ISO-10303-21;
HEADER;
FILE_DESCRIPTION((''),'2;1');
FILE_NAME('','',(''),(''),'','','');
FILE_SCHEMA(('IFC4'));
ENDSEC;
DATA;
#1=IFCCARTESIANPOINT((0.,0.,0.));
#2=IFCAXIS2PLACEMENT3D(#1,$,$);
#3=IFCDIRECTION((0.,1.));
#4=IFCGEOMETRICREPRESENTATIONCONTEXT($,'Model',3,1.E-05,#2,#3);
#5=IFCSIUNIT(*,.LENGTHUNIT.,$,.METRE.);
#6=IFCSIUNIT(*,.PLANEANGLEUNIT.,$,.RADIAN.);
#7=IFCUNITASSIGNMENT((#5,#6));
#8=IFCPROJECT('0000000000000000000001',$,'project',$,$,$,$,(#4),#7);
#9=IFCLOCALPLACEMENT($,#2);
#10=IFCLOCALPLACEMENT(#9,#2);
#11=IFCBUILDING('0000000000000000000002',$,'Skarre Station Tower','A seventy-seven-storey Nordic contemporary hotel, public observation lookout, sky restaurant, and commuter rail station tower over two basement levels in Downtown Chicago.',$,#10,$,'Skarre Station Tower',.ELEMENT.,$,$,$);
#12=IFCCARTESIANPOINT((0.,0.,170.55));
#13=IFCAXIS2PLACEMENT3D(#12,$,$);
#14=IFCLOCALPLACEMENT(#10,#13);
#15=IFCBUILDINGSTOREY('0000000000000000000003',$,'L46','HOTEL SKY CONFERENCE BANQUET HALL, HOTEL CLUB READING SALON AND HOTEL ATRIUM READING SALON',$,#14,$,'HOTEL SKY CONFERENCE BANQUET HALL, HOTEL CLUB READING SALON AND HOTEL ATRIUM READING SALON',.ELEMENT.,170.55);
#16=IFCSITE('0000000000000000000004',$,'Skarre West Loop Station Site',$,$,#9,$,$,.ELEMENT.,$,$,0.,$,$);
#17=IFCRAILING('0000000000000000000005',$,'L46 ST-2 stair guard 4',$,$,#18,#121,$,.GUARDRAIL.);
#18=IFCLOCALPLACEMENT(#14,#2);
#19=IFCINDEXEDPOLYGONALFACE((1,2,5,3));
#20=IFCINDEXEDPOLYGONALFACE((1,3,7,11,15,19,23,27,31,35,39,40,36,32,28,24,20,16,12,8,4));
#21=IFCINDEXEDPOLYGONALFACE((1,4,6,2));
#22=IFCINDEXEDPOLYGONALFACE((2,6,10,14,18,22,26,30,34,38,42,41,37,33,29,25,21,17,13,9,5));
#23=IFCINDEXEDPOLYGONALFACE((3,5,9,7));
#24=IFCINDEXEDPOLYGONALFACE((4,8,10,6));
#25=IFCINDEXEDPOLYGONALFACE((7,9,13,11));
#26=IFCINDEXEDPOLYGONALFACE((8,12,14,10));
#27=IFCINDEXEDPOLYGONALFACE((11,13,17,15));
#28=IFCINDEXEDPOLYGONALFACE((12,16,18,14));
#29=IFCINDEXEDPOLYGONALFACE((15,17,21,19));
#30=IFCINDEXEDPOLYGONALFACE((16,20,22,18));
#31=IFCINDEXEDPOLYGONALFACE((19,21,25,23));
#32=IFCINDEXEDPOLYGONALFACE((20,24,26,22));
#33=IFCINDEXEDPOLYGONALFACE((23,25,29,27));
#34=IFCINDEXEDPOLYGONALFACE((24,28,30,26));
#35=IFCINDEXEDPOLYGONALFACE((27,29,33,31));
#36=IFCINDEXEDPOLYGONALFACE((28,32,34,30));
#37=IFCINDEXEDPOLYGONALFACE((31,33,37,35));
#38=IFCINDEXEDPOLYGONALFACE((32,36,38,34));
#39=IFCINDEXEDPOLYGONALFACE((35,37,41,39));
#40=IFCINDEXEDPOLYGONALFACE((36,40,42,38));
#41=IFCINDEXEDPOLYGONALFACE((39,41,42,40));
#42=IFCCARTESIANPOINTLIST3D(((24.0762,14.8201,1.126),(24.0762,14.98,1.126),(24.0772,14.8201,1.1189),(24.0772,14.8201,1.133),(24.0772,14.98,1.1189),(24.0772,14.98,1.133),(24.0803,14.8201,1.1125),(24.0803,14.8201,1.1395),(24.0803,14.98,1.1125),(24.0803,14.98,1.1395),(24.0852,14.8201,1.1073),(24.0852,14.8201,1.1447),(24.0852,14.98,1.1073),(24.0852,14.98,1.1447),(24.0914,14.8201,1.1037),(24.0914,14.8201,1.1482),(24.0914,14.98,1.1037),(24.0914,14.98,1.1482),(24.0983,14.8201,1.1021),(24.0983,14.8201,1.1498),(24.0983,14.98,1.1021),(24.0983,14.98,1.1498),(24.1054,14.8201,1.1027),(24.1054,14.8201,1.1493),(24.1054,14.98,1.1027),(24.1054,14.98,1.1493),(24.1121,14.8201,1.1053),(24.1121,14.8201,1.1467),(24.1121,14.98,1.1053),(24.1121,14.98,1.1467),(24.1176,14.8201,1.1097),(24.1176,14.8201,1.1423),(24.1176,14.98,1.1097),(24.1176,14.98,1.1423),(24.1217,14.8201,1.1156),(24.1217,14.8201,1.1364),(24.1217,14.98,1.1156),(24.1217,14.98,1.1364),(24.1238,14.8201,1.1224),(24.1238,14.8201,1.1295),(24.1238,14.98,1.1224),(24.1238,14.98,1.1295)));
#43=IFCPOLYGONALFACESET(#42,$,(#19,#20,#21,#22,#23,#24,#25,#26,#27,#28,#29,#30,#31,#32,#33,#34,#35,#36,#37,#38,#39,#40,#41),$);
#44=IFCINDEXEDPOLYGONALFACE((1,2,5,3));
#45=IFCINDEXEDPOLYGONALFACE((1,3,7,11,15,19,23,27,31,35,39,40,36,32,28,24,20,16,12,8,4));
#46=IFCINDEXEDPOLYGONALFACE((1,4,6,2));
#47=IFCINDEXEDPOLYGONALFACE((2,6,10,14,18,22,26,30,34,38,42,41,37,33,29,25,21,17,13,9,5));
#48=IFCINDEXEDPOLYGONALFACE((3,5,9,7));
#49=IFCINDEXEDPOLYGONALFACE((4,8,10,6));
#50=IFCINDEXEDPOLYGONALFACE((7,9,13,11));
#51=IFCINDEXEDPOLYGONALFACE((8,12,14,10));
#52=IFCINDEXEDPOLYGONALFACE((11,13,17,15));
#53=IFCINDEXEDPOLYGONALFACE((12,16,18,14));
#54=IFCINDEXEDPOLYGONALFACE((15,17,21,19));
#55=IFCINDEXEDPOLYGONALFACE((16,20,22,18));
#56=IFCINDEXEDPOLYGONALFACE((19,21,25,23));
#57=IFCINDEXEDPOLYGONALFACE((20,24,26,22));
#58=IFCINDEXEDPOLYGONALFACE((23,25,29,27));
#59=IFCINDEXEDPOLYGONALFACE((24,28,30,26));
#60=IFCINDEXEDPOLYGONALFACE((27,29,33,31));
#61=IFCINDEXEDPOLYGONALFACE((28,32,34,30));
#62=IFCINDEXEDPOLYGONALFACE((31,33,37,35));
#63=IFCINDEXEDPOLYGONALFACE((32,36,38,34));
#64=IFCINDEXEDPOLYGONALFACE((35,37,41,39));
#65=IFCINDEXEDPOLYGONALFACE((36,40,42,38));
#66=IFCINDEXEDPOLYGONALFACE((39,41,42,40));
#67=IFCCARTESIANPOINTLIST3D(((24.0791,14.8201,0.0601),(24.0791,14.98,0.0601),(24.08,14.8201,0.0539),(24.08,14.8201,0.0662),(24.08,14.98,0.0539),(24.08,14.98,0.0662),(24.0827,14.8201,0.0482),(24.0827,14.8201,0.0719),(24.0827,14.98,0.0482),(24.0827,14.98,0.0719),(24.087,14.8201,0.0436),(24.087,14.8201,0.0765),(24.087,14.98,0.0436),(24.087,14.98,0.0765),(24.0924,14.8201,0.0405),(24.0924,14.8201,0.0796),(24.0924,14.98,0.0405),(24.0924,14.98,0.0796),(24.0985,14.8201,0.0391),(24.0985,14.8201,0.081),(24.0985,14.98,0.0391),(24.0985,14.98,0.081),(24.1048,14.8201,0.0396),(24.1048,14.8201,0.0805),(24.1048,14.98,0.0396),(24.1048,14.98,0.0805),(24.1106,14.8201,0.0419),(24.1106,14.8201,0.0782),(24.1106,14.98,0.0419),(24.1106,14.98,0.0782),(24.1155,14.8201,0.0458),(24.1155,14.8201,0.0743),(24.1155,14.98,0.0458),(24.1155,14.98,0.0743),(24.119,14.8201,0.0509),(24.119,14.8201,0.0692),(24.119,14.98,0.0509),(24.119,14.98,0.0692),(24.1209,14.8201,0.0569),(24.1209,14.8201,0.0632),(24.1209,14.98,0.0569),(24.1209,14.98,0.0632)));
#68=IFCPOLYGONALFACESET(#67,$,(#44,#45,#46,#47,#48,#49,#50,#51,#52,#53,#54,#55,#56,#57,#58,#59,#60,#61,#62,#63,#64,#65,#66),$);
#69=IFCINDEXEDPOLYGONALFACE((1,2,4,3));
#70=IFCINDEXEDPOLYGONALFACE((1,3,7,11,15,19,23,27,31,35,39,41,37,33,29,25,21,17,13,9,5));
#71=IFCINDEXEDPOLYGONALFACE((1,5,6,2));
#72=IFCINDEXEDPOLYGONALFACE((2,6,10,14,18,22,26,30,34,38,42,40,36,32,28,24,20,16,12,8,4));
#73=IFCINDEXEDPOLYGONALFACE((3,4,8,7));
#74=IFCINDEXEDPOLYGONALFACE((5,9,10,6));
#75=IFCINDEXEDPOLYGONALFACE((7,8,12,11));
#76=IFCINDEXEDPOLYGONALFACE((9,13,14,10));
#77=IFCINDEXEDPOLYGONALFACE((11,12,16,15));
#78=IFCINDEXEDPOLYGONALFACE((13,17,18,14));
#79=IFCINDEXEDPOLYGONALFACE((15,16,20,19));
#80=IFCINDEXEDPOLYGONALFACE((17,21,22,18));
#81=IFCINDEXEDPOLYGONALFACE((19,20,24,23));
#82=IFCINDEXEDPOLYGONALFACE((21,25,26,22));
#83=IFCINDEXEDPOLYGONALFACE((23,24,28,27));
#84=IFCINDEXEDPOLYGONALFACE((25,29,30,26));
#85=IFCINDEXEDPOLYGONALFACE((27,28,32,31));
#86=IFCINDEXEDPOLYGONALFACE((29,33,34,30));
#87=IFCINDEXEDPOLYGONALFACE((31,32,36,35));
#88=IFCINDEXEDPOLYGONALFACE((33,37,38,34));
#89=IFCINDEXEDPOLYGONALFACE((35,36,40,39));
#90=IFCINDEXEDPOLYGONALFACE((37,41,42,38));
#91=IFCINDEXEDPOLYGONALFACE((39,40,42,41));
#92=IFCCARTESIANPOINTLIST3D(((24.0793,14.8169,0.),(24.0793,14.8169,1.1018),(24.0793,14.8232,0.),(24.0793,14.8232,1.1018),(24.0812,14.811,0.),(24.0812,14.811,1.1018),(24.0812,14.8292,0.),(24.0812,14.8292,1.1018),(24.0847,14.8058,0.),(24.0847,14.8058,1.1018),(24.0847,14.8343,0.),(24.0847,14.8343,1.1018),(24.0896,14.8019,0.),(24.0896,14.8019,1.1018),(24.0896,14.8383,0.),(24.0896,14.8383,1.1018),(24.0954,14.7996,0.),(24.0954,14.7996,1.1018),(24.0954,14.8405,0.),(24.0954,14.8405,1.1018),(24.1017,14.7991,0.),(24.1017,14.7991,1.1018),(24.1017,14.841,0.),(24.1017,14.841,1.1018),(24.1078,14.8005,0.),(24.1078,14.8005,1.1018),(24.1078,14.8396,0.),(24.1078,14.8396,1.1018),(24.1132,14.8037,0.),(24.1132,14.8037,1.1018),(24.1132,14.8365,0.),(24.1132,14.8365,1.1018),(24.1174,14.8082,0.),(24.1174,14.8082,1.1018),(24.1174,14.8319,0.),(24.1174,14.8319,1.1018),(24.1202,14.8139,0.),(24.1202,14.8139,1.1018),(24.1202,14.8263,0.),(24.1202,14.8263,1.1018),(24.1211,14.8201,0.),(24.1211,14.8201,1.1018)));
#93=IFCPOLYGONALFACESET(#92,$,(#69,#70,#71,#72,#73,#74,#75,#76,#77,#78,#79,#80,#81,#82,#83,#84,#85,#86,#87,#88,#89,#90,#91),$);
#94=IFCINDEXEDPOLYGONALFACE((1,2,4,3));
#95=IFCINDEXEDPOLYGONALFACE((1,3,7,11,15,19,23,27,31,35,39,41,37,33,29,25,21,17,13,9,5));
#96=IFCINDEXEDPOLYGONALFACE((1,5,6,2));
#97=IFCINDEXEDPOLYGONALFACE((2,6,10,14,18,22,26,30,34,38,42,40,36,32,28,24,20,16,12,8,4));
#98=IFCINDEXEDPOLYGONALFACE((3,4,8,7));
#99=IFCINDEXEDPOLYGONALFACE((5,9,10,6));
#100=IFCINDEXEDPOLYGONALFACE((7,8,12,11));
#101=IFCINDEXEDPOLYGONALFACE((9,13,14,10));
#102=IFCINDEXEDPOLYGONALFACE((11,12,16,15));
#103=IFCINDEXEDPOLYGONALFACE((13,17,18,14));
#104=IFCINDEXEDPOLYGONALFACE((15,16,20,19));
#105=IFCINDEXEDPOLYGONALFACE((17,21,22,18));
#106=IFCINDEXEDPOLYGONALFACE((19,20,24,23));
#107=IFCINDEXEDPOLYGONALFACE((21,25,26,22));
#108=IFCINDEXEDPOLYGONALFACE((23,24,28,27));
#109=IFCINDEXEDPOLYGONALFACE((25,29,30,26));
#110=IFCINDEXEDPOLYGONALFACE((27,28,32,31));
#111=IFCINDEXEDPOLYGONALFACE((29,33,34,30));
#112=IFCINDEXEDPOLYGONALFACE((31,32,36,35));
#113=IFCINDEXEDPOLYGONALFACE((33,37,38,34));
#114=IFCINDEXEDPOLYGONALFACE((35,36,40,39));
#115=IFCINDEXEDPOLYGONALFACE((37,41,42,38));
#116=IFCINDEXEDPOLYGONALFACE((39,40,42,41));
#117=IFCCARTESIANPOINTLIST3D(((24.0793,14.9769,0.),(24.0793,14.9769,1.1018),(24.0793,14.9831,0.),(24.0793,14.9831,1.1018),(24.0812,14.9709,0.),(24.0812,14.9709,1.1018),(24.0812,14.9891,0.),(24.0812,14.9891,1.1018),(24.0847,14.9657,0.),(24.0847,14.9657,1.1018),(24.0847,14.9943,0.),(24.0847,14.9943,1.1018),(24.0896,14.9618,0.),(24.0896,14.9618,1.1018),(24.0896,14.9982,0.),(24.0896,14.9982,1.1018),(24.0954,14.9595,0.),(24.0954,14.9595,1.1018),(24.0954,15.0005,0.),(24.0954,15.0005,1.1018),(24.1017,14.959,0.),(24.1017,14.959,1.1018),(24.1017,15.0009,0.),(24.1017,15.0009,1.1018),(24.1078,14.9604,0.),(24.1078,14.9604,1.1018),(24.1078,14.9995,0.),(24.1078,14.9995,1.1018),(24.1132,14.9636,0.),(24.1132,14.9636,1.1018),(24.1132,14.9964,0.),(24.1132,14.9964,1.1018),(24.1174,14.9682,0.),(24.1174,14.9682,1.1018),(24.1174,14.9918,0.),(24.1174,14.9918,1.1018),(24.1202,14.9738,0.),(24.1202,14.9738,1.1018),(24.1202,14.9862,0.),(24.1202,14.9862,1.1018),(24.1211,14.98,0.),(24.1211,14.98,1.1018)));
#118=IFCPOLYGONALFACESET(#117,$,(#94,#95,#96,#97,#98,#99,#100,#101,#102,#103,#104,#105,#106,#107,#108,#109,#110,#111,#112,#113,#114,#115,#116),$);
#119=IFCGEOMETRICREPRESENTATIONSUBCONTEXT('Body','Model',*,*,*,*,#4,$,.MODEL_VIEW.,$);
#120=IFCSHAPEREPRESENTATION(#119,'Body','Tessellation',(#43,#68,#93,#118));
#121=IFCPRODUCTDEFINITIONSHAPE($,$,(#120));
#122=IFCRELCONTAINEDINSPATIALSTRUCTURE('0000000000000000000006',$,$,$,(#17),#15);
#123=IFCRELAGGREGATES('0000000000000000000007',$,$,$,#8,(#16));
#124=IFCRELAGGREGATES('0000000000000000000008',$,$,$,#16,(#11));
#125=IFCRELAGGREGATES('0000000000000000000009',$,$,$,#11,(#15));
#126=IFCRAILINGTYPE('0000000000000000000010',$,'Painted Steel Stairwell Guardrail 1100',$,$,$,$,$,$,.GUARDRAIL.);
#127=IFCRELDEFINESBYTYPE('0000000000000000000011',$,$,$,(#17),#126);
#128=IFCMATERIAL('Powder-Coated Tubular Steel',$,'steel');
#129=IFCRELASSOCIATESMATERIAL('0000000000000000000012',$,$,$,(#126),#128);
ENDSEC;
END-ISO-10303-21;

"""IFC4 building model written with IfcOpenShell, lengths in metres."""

from ifc_helpers import new_model, si_unit, direction, frame, origin, origin_2d, place, context, subcontext, project, spatial, circle, extrude, material, type_object, element, save


model = new_model("IFC4")

# Units and contexts
model_context = context("Model", 3, precision=1e-05, world=origin(), true_north=direction((0.0, 1.0)))
body_context = subcontext(model_context, "Body", "Model", "MODEL_VIEW")
ifc_project = project(units=[si_unit("LENGTHUNIT", "METRE"), si_unit("PLANEANGLEUNIT", "RADIAN")], contexts=[model_context])

# Site, building, storey
site_placement = place(None, origin())
site = spatial("IfcSite", under=ifc_project, at=site_placement, Name="Skarre West Loop Station Site", CompositionType="ELEMENT", RefElevation=0.0)
building_placement = place(site_placement, origin())
building = spatial("IfcBuilding", under=site, at=building_placement, Name="Skarre Station Tower", Description="A seventy-seven-storey Nordic contemporary hotel, public observation lookout, sky restaurant, and commuter rail station tower over two basement levels in Downtown Chicago.", LongName="Skarre Station Tower", CompositionType="ELEMENT")
storey_placement = place(building_placement, frame((0.0, 0.0, 170.55)))
storey = spatial("IfcBuildingStorey", under=building, at=storey_placement, Name="L46", Description="HOTEL SKY CONFERENCE BANQUET HALL, HOTEL CLUB READING SALON AND HOTEL ATRIUM READING SALON", LongName="HOTEL SKY CONFERENCE BANQUET HALL, HOTEL CLUB READING SALON AND HOTEL ATRIUM READING SALON", CompositionType="ELEMENT", Elevation=170.55)

# Railing
ifc_material_1 = material(Name="Powder-Coated Tubular Steel", Category="steel")
railing_type_1 = type_object("IfcRailingType", Name="Painted Steel Stairwell Guardrail 1100", PredefinedType="GUARDRAIL", material=ifc_material_1)
railing_1_placement = place(storey_placement, frame((24.1001, 14.8201, 0.0)))
element("IfcRailing", 1, at=railing_1_placement, inside=storey, type_object=railing_type_1, Name="L46 ST-2 stair guard 4", PredefinedType="GUARDRAIL", context=body_context, shape_type="SweptSolid", body=[
    extrude(circle(Radius=0.0239, at=origin_2d()), frame((0.0, 0.0, 1.126), z_axis=(0.0, 1.0, 0.0), x_axis=(-1.0, 0.0, 0.0)), (0.0, 0.0, 1.0), 0.1599),
    extrude(circle(Radius=0.021, at=origin_2d()), frame((0.0, 0.0, 0.0601), z_axis=(0.0, 1.0, 0.0), x_axis=(-1.0, 0.0, 0.0)), (0.0, 0.0, 1.0), 0.1599),
    extrude(circle(Radius=0.021, at=origin_2d()), origin(), (0.0, 0.0, 1.0), 1.1018),
    extrude(circle(Radius=0.021, at=origin_2d()), frame((0.0, 0.1599, 0.0)), (0.0, 0.0, 1.0), 1.1018),
])

save(model, "model.ifc")
